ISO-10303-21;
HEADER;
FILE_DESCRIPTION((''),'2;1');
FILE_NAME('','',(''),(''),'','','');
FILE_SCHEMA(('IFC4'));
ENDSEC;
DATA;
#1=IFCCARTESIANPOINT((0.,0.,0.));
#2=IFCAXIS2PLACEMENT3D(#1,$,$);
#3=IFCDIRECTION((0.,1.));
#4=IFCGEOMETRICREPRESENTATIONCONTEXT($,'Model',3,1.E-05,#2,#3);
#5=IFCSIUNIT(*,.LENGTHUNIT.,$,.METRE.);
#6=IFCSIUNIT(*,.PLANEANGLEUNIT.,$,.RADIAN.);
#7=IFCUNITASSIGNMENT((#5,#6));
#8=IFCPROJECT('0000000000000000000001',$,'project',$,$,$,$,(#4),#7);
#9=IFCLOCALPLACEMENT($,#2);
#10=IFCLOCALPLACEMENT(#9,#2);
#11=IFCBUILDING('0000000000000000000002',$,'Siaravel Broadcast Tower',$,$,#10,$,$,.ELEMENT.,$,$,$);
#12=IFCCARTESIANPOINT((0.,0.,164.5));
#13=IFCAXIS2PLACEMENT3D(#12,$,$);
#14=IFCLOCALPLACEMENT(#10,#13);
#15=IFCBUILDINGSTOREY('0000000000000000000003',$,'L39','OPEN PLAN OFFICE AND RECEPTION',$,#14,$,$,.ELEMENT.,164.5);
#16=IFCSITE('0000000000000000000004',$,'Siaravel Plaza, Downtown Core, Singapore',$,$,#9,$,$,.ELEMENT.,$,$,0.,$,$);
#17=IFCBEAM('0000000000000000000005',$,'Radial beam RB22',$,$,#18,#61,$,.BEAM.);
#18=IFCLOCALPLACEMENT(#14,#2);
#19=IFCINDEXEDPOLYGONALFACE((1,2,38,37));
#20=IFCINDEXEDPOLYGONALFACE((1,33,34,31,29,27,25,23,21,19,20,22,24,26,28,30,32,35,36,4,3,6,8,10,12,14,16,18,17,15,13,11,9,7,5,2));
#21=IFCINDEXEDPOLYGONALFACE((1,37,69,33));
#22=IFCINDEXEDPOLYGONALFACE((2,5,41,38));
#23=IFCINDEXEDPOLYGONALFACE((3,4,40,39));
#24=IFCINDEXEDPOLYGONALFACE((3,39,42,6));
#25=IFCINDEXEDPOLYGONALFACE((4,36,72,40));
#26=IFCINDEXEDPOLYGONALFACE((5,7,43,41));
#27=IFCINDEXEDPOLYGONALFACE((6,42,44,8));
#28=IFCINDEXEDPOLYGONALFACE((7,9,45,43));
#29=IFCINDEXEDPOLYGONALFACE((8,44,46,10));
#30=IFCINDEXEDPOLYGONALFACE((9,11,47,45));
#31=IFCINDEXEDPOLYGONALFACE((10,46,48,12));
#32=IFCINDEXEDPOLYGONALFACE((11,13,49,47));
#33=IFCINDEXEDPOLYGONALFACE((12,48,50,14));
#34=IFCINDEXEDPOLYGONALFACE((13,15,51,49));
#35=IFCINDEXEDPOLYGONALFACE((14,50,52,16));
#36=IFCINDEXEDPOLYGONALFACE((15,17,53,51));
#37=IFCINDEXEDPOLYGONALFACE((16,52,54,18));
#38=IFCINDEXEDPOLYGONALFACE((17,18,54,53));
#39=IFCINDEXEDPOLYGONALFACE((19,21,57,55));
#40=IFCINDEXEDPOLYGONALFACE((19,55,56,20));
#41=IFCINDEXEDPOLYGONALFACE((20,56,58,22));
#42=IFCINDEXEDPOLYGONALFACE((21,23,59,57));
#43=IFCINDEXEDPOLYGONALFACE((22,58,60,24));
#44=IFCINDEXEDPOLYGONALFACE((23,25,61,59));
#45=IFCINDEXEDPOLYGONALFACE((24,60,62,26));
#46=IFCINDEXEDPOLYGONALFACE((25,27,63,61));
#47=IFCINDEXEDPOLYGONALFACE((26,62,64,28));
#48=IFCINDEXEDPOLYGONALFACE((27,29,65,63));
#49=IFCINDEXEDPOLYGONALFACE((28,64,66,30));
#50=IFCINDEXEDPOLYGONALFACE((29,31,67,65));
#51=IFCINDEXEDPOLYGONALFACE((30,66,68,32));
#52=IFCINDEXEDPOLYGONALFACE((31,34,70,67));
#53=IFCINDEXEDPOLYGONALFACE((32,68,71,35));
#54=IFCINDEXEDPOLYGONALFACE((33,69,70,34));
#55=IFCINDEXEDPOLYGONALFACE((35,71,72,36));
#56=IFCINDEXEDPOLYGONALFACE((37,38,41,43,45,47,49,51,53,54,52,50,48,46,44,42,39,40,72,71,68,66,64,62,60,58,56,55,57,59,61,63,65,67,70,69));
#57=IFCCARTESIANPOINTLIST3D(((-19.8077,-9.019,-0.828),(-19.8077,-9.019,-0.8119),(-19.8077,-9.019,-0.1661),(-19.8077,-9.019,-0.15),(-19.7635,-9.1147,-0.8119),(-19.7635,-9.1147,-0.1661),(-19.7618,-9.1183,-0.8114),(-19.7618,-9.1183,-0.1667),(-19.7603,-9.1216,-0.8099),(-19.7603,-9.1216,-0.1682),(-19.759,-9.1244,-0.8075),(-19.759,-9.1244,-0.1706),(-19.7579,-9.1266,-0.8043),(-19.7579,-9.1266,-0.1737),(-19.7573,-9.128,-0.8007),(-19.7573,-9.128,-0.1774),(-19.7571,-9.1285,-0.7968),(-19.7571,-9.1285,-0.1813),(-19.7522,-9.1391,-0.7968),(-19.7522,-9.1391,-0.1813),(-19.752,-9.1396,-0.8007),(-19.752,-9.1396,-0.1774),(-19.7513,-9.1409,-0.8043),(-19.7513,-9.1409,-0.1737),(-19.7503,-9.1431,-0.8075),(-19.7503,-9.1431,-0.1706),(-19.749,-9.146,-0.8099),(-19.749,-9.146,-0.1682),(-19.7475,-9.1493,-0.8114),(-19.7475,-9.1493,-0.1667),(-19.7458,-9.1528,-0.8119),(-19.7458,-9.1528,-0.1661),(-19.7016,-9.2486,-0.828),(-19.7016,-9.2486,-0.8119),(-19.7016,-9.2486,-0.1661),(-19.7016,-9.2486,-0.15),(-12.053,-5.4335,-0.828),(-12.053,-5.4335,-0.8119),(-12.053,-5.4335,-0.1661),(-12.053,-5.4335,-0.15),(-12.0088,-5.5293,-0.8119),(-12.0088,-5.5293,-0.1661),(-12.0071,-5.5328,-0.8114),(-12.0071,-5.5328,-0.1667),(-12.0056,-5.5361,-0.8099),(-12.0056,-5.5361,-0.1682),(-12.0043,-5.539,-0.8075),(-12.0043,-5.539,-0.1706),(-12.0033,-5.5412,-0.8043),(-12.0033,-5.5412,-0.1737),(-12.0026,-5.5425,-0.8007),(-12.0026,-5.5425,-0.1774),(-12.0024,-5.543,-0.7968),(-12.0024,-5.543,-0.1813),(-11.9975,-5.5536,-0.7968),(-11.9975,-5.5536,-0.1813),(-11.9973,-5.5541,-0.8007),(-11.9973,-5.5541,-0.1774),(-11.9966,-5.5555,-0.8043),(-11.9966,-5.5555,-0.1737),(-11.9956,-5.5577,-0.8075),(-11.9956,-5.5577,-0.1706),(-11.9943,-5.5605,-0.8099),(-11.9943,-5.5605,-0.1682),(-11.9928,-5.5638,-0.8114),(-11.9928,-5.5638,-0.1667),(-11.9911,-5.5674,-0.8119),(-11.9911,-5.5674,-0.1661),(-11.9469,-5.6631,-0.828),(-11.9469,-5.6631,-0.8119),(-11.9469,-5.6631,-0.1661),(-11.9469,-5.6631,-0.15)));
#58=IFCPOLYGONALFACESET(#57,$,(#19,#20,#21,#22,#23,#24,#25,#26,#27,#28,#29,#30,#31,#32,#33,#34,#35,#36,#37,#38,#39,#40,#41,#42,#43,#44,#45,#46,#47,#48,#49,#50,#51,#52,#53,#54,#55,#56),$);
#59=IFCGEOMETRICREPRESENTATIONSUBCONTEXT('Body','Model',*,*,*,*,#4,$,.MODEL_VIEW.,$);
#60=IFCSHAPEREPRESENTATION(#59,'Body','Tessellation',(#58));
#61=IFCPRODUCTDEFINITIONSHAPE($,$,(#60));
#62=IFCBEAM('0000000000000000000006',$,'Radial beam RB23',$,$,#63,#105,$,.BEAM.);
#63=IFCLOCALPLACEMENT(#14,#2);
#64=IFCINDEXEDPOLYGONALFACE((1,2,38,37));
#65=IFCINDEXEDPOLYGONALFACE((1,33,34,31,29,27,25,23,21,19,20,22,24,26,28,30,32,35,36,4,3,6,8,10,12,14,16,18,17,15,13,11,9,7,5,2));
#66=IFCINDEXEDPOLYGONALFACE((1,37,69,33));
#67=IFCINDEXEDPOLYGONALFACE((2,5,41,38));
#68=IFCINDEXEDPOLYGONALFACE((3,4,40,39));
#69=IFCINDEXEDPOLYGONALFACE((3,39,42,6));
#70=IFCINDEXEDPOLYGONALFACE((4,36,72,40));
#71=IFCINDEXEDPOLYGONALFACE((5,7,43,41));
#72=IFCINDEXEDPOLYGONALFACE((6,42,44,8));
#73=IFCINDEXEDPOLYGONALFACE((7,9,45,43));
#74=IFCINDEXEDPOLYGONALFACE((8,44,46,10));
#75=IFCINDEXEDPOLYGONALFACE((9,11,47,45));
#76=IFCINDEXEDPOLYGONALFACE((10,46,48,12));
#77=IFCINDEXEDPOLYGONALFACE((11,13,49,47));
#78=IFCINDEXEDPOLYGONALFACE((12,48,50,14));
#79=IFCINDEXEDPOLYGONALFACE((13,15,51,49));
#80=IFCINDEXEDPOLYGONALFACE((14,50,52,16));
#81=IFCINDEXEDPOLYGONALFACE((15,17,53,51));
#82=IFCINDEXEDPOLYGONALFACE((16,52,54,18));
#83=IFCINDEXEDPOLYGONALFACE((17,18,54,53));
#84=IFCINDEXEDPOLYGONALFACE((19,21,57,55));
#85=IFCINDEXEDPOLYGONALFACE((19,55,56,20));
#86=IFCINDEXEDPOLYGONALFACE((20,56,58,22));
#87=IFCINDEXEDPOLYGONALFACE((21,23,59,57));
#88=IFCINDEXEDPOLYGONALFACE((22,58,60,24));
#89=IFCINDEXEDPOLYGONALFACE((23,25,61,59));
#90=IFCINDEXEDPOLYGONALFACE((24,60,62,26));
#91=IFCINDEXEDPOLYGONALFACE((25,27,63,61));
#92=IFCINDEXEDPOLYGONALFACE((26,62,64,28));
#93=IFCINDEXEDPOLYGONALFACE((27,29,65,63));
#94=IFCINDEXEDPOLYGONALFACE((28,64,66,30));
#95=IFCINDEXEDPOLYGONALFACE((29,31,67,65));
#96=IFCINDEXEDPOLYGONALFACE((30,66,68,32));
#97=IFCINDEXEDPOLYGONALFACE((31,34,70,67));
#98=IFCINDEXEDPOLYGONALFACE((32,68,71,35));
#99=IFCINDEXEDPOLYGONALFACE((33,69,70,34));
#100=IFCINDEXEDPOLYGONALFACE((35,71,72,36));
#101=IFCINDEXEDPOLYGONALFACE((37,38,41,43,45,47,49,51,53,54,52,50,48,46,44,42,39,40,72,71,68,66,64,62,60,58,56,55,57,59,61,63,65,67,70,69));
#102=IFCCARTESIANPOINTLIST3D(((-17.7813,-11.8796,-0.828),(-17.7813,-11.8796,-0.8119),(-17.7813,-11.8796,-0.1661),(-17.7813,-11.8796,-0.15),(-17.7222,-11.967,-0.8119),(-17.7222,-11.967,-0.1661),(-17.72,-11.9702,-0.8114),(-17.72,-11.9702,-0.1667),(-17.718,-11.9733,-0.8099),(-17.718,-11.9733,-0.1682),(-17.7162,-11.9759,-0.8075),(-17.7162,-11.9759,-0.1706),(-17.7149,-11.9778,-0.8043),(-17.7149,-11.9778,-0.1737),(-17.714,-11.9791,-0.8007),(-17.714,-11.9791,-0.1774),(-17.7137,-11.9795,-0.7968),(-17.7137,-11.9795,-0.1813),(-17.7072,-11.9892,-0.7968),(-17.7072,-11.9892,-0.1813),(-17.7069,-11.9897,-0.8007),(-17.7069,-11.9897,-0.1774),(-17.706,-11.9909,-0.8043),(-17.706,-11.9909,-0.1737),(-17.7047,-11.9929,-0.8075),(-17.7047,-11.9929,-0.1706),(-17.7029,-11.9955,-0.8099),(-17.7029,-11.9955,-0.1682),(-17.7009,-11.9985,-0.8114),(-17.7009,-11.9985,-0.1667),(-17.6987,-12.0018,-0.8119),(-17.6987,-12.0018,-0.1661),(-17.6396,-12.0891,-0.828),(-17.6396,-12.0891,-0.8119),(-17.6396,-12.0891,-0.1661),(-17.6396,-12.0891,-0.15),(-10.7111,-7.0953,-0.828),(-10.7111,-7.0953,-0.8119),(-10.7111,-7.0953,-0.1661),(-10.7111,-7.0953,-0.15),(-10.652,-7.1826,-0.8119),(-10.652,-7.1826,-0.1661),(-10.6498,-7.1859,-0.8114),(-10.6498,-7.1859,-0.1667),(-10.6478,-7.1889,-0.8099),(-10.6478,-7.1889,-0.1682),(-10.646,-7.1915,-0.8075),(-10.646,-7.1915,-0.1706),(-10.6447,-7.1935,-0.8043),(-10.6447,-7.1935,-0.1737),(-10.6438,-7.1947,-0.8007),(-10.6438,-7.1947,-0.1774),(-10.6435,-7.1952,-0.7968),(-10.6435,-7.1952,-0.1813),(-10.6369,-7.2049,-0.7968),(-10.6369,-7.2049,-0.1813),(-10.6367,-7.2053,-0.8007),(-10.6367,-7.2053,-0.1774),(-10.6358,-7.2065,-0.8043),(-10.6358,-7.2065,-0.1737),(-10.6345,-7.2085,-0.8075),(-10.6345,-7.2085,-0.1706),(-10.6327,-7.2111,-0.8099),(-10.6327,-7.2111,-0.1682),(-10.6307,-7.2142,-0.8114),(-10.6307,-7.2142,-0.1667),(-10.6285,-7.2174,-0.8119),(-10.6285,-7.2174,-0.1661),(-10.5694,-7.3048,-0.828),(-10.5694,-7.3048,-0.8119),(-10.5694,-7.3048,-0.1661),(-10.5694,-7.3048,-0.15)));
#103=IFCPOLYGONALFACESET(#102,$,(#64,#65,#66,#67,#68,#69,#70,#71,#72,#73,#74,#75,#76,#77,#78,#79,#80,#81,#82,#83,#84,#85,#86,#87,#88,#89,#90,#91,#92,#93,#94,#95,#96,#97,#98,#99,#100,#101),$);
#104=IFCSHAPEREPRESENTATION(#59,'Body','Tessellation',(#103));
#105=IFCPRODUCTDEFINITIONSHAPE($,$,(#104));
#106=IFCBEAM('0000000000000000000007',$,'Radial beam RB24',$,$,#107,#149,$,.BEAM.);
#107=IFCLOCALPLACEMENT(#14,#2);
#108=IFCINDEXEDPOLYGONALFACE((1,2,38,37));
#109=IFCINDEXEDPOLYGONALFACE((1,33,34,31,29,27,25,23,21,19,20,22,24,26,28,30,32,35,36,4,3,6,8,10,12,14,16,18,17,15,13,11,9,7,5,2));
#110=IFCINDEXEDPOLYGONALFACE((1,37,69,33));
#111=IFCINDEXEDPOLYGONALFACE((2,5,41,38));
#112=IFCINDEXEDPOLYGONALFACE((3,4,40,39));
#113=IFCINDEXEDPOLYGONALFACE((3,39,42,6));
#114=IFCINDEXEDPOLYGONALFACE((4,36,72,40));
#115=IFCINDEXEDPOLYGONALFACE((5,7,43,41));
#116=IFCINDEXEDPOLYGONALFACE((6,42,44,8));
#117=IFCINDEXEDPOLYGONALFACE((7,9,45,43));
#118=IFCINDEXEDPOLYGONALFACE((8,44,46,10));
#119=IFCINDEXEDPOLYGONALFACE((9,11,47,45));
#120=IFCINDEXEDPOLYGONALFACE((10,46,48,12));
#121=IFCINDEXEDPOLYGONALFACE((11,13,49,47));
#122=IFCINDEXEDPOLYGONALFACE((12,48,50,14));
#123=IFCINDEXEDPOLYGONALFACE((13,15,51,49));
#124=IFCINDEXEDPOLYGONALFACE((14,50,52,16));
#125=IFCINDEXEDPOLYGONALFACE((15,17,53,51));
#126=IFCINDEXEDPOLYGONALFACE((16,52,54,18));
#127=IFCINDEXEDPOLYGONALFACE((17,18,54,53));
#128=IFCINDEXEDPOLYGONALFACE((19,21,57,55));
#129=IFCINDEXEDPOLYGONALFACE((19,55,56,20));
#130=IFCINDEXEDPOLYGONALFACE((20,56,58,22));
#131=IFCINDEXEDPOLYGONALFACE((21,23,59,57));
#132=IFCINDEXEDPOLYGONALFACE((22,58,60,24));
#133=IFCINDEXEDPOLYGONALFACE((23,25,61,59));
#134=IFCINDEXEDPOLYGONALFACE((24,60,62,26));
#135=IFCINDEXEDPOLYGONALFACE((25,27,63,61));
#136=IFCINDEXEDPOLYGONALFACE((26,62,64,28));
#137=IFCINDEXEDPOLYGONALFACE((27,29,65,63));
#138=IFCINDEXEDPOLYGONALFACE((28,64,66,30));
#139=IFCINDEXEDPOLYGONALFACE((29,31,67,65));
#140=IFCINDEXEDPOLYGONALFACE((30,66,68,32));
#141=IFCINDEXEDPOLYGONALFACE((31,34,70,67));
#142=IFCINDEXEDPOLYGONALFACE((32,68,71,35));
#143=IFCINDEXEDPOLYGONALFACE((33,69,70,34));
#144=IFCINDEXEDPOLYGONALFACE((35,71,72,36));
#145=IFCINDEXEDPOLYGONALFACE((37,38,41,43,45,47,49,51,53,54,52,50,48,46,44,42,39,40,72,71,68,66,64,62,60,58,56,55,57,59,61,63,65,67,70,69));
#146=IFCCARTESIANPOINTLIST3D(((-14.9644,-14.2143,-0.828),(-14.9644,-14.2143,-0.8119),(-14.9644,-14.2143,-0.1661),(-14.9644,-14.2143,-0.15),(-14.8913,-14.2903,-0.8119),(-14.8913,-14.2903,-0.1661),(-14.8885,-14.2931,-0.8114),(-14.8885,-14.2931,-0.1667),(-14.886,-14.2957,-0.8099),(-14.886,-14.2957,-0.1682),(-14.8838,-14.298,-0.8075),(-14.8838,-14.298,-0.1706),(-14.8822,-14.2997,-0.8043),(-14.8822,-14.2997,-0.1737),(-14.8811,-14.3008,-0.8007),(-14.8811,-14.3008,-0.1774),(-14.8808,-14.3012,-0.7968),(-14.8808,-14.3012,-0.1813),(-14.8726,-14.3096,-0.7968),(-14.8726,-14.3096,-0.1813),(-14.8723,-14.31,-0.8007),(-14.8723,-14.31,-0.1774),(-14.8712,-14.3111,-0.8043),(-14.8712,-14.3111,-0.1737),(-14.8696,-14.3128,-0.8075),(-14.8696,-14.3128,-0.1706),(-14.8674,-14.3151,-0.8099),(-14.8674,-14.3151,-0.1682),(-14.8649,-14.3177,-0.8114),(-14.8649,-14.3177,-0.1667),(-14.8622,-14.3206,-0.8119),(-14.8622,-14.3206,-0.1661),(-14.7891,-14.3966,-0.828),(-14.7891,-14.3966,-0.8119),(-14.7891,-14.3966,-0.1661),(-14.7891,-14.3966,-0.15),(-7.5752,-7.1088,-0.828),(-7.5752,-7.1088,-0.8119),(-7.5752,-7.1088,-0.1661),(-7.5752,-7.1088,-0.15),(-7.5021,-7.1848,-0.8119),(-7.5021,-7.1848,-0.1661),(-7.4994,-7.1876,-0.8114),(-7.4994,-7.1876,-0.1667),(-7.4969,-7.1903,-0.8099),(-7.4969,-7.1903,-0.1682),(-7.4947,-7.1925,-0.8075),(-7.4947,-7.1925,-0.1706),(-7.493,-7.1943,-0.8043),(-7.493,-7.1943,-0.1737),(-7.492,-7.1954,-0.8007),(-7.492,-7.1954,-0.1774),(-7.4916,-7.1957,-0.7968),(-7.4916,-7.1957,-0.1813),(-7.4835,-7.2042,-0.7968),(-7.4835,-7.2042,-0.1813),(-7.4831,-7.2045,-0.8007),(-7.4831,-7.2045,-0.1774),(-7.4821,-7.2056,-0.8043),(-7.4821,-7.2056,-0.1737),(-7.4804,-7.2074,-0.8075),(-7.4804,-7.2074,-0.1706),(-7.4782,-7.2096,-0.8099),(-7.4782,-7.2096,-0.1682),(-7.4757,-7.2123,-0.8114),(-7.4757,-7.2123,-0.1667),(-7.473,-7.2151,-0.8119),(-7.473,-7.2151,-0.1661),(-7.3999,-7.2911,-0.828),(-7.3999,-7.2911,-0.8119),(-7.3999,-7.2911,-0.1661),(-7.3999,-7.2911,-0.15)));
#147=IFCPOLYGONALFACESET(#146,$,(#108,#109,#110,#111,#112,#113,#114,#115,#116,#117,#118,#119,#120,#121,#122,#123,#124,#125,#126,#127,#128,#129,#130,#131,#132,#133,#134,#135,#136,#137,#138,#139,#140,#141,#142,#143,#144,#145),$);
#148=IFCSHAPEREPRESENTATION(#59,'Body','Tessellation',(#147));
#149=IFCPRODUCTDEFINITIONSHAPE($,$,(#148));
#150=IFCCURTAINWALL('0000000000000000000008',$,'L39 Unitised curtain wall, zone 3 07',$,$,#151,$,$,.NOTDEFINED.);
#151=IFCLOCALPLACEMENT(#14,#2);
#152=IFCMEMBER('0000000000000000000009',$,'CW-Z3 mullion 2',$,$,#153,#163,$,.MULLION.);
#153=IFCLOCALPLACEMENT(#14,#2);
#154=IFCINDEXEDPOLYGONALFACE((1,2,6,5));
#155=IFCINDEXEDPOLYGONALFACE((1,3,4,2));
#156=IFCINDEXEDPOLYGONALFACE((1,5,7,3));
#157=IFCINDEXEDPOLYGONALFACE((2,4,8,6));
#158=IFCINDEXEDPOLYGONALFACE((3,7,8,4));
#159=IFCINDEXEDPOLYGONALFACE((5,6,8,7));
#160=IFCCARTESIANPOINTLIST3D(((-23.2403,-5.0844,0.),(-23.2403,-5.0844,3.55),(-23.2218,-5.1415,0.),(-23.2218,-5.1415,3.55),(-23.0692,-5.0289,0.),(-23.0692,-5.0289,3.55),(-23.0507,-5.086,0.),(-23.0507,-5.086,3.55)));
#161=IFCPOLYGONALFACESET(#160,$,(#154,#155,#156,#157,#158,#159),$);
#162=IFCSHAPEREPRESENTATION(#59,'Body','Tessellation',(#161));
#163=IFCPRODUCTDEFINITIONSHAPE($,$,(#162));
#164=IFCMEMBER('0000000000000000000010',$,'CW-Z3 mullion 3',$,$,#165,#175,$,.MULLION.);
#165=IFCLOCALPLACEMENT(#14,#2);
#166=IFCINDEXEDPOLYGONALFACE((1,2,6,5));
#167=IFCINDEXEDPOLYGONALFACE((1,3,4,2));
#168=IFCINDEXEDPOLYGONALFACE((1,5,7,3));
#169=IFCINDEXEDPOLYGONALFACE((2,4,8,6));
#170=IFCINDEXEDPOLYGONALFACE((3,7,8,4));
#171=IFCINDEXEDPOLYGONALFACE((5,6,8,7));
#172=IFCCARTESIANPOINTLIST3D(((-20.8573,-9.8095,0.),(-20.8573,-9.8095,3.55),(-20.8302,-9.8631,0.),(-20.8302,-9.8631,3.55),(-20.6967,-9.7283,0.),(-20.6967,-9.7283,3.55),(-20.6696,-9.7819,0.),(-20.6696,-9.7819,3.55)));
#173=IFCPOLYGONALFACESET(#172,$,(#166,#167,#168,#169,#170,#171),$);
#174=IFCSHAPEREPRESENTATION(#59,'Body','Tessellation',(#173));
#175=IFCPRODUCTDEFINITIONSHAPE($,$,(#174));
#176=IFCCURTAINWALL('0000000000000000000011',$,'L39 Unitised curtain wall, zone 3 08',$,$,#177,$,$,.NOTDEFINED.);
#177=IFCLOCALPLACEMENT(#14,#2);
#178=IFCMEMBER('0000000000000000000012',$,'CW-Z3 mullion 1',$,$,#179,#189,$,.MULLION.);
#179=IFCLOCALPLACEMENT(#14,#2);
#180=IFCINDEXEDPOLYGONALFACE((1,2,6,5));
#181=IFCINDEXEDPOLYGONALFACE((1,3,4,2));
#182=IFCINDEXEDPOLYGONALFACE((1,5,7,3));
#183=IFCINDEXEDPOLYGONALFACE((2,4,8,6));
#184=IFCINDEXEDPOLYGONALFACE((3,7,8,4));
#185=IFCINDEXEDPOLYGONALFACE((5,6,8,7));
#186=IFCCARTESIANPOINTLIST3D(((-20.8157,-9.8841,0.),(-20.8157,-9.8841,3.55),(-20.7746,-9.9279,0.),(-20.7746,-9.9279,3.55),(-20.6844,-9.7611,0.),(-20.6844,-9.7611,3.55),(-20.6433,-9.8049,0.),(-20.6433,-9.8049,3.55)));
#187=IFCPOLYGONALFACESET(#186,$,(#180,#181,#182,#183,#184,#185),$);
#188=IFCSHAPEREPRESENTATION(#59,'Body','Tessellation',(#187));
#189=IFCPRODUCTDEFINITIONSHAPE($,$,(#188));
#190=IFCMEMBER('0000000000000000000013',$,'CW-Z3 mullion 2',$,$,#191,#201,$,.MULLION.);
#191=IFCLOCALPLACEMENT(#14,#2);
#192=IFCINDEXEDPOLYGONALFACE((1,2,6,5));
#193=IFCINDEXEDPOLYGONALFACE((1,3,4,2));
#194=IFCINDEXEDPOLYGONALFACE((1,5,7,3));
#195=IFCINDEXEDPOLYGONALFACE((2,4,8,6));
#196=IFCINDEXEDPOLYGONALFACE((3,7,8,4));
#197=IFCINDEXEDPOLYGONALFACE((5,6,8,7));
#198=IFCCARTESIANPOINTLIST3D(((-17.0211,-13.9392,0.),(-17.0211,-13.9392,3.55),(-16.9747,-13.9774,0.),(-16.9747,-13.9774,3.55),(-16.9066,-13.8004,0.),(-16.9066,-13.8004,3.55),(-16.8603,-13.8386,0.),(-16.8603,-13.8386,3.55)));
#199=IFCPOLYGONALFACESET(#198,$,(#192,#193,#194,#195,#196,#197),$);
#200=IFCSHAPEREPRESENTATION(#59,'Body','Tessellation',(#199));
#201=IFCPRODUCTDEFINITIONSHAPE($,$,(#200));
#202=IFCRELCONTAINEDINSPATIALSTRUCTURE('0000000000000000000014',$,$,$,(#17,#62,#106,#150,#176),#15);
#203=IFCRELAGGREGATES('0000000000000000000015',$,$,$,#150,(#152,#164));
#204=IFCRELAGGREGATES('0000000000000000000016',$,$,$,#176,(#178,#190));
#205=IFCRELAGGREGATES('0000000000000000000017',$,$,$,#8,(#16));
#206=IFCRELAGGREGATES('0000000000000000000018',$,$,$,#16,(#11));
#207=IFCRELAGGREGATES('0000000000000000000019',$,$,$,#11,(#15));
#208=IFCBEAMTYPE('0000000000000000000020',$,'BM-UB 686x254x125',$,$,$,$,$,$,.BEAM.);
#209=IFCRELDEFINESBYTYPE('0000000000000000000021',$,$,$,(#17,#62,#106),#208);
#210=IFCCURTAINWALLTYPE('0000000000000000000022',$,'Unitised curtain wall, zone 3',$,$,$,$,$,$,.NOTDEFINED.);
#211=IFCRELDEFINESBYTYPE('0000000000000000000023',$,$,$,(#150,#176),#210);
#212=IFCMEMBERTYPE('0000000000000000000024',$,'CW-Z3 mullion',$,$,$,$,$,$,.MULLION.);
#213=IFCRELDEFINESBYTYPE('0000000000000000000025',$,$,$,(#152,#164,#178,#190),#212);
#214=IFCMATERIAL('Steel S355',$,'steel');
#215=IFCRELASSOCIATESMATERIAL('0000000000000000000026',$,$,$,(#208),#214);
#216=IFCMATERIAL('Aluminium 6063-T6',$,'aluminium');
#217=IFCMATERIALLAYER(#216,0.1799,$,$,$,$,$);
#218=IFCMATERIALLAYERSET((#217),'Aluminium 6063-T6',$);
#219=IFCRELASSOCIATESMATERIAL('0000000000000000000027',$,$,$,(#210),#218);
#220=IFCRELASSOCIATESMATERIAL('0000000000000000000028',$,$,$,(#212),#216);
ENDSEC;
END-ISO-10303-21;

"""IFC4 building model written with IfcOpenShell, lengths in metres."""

from ifc_helpers import new_model, si_unit, direction, frame, origin, origin_2d, place, context, subcontext, project, spatial, rectangle, i_section, extrude, material, layer, layer_set, material_profile, profile_set, type_object, element, aggregate, save


model = new_model("IFC4")

# Units and contexts
model_context = context("Model", 3, precision=1e-05, world=origin(), true_north=direction((0.0, 1.0)))
body_context = subcontext(model_context, "Body", "Model", "MODEL_VIEW")
ifc_project = project(units=[si_unit("LENGTHUNIT", "METRE"), si_unit("PLANEANGLEUNIT", "RADIAN")], contexts=[model_context])

# Site, building, storey
site_placement = place(None, origin())
site = spatial("IfcSite", under=ifc_project, at=site_placement, Name="Siaravel Plaza, Downtown Core, Singapore", CompositionType="ELEMENT", RefElevation=0.0)
building_placement = place(site_placement, origin())
building = spatial("IfcBuilding", under=site, at=building_placement, Name="Siaravel Broadcast Tower", CompositionType="ELEMENT")
storey_placement = place(building_placement, frame((0.0, 0.0, 164.5)))
storey = spatial("IfcBuildingStorey", under=building, at=storey_placement, Name="L39", Description="OPEN PLAN OFFICE AND RECEPTION", CompositionType="ELEMENT", Elevation=164.5)

# Beams
ifc_material_1 = material(Name="Steel S355", Category="steel")
ifc_material_profile_1 = material_profile(ifc_material_1, i_section(OverallWidth=0.2529, OverallDepth=0.678, WebThickness=0.0117, FlangeThickness=0.0161, FilletRadius=0.0151, at=origin_2d()))
ifc_profile_set_1 = profile_set([ifc_material_profile_1], Name="Steel S355")
beam_type = type_object("IfcBeamType", Name="BM-UB 686x254x125", PredefinedType="BEAM", material=ifc_profile_set_1)
beam_1_placement = place(storey_placement, frame((-19.7546, -9.1338, -0.489), z_axis=(0.907675, 0.419674, 0.0), x_axis=(-0.419674, 0.907675, 0.0)))
element("IfcBeam", 1, at=beam_1_placement, inside=storey, type_object=beam_type, Name="Radial beam RB22", PredefinedType="BEAM", context=body_context, shape_type="SweptSolid", body=[
    extrude(i_section(OverallWidth=0.2529, OverallDepth=0.678, WebThickness=0.0117, FlangeThickness=0.0161, FilletRadius=0.0151, at=origin_2d()), origin(), (0.0, 0.0, 1.0), 8.5435),
])
beam_2_placement = place(storey_placement, frame((-17.7104, -11.9844, -0.489), z_axis=(0.828198, 0.560435, 0.0), x_axis=(-0.560435, 0.828198, 0.0)))
element("IfcBeam", 2, at=beam_2_placement, inside=storey, type_object=beam_type, Name="Radial beam RB23", PredefinedType="BEAM", context=body_context, shape_type="SweptSolid", body=[
    extrude(i_section(OverallWidth=0.2529, OverallDepth=0.678, WebThickness=0.0117, FlangeThickness=0.0161, FilletRadius=0.0151, at=origin_2d()), origin(), (0.0, 0.0, 1.0), 8.5369),
])
beam_3_placement = place(storey_placement, frame((-14.8767, -14.3054, -0.489), z_axis=(0.720808, 0.693134, 0.0), x_axis=(-0.693134, 0.720808, 0.0)))
element("IfcBeam", 3, at=beam_3_placement, inside=storey, type_object=beam_type, Name="Radial beam RB24", PredefinedType="BEAM", context=body_context, shape_type="SweptSolid", body=[
    extrude(i_section(OverallWidth=0.2529, OverallDepth=0.678, WebThickness=0.0117, FlangeThickness=0.0161, FilletRadius=0.0151, at=origin_2d()), origin(), (0.0, 0.0, 1.0), 10.2512),
])

# Curtain walls, members
ifc_material_2 = material(Name="Aluminium 6063-T6", Category="aluminium")
ifc_layer_1 = layer(ifc_material_2, 0.1799)
ifc_layer_set_1 = layer_set([ifc_layer_1], Name="Aluminium 6063-T6")
curtain_wall_type = type_object("IfcCurtainWallType", Name="Unitised curtain wall, zone 3", PredefinedType="NOTDEFINED", material=ifc_layer_set_1)
curtain_wall_1_placement = place(storey_placement, origin())
curtain_wall_1 = element("IfcCurtainWall", 4, at=curtain_wall_1_placement, inside=storey, type_object=curtain_wall_type, Name="L39 Unitised curtain wall, zone 3 07", PredefinedType="NOTDEFINED")
ifc_material_profile_2 = material_profile(ifc_material_2, rectangle(XDim=0.1799, YDim=0.0601, at=origin_2d()))
ifc_profile_set_2 = profile_set([ifc_material_profile_2], Name="Aluminium 6063-T6")
member_type_1 = type_object("IfcMemberType", Name="CW-Z3 mullion", PredefinedType="MULLION", material=ifc_profile_set_2)
member_1_placement = place(storey_placement, frame((-23.1455, -5.0852, 0.0), z_axis=(0.0, 0.0, 1.0), x_axis=(0.951177, 0.308645, 0.0)))
member_1 = element("IfcMember", 5, at=member_1_placement, type_object=member_type_1, Name="CW-Z3 mullion 2", PredefinedType="MULLION", context=body_context, shape_type="SweptSolid", body=[
    extrude(rectangle(XDim=0.1799, YDim=0.0601, at=origin_2d()), origin(), (0.0, 0.0, 1.0), 3.55),
])
member_2_placement = place(storey_placement, frame((-20.7634, -9.7957, 0.0), z_axis=(0.0, 0.0, 1.0), x_axis=(0.892393, 0.45126, 0.0)))
member_2 = element("IfcMember", 6, at=member_2_placement, type_object=member_type_1, Name="CW-Z3 mullion 3", PredefinedType="MULLION", context=body_context, shape_type="SweptSolid", body=[
    extrude(rectangle(XDim=0.1799, YDim=0.0601, at=origin_2d()), origin(), (0.0, 0.0, 1.0), 3.55),
])
curtain_wall_2_placement = place(storey_placement, origin())
curtain_wall_2 = element("IfcCurtainWall", 7, at=curtain_wall_2_placement, inside=storey, type_object=curtain_wall_type, Name="L39 Unitised curtain wall, zone 3 08", PredefinedType="NOTDEFINED")
member_3_placement = place(storey_placement, frame((-20.7295, -9.8445, 0.0), z_axis=(0.0, 0.0, 1.0), x_axis=(0.729806, 0.683654, 0.0)))
member_3 = element("IfcMember", 8, at=member_3_placement, type_object=member_type_1, Name="CW-Z3 mullion 1", PredefinedType="MULLION", context=body_context, shape_type="SweptSolid", body=[
    extrude(rectangle(XDim=0.1799, YDim=0.0601, at=origin_2d()), origin(), (0.0, 0.0, 1.0), 3.55),
])
member_4_placement = place(storey_placement, frame((-16.9407, -13.8889, 0.0), z_axis=(0.0, 0.0, 1.0), x_axis=(0.63622, 0.771508, 0.0)))
member_4 = element("IfcMember", 9, at=member_4_placement, type_object=member_type_1, Name="CW-Z3 mullion 2", PredefinedType="MULLION", context=body_context, shape_type="SweptSolid", body=[
    extrude(rectangle(XDim=0.1799, YDim=0.0601, at=origin_2d()), origin(), (0.0, 0.0, 1.0), 3.55),
])

aggregate(curtain_wall_1, [member_1, member_2])
aggregate(curtain_wall_2, [member_3, member_4])

save(model, "model.ifc")
